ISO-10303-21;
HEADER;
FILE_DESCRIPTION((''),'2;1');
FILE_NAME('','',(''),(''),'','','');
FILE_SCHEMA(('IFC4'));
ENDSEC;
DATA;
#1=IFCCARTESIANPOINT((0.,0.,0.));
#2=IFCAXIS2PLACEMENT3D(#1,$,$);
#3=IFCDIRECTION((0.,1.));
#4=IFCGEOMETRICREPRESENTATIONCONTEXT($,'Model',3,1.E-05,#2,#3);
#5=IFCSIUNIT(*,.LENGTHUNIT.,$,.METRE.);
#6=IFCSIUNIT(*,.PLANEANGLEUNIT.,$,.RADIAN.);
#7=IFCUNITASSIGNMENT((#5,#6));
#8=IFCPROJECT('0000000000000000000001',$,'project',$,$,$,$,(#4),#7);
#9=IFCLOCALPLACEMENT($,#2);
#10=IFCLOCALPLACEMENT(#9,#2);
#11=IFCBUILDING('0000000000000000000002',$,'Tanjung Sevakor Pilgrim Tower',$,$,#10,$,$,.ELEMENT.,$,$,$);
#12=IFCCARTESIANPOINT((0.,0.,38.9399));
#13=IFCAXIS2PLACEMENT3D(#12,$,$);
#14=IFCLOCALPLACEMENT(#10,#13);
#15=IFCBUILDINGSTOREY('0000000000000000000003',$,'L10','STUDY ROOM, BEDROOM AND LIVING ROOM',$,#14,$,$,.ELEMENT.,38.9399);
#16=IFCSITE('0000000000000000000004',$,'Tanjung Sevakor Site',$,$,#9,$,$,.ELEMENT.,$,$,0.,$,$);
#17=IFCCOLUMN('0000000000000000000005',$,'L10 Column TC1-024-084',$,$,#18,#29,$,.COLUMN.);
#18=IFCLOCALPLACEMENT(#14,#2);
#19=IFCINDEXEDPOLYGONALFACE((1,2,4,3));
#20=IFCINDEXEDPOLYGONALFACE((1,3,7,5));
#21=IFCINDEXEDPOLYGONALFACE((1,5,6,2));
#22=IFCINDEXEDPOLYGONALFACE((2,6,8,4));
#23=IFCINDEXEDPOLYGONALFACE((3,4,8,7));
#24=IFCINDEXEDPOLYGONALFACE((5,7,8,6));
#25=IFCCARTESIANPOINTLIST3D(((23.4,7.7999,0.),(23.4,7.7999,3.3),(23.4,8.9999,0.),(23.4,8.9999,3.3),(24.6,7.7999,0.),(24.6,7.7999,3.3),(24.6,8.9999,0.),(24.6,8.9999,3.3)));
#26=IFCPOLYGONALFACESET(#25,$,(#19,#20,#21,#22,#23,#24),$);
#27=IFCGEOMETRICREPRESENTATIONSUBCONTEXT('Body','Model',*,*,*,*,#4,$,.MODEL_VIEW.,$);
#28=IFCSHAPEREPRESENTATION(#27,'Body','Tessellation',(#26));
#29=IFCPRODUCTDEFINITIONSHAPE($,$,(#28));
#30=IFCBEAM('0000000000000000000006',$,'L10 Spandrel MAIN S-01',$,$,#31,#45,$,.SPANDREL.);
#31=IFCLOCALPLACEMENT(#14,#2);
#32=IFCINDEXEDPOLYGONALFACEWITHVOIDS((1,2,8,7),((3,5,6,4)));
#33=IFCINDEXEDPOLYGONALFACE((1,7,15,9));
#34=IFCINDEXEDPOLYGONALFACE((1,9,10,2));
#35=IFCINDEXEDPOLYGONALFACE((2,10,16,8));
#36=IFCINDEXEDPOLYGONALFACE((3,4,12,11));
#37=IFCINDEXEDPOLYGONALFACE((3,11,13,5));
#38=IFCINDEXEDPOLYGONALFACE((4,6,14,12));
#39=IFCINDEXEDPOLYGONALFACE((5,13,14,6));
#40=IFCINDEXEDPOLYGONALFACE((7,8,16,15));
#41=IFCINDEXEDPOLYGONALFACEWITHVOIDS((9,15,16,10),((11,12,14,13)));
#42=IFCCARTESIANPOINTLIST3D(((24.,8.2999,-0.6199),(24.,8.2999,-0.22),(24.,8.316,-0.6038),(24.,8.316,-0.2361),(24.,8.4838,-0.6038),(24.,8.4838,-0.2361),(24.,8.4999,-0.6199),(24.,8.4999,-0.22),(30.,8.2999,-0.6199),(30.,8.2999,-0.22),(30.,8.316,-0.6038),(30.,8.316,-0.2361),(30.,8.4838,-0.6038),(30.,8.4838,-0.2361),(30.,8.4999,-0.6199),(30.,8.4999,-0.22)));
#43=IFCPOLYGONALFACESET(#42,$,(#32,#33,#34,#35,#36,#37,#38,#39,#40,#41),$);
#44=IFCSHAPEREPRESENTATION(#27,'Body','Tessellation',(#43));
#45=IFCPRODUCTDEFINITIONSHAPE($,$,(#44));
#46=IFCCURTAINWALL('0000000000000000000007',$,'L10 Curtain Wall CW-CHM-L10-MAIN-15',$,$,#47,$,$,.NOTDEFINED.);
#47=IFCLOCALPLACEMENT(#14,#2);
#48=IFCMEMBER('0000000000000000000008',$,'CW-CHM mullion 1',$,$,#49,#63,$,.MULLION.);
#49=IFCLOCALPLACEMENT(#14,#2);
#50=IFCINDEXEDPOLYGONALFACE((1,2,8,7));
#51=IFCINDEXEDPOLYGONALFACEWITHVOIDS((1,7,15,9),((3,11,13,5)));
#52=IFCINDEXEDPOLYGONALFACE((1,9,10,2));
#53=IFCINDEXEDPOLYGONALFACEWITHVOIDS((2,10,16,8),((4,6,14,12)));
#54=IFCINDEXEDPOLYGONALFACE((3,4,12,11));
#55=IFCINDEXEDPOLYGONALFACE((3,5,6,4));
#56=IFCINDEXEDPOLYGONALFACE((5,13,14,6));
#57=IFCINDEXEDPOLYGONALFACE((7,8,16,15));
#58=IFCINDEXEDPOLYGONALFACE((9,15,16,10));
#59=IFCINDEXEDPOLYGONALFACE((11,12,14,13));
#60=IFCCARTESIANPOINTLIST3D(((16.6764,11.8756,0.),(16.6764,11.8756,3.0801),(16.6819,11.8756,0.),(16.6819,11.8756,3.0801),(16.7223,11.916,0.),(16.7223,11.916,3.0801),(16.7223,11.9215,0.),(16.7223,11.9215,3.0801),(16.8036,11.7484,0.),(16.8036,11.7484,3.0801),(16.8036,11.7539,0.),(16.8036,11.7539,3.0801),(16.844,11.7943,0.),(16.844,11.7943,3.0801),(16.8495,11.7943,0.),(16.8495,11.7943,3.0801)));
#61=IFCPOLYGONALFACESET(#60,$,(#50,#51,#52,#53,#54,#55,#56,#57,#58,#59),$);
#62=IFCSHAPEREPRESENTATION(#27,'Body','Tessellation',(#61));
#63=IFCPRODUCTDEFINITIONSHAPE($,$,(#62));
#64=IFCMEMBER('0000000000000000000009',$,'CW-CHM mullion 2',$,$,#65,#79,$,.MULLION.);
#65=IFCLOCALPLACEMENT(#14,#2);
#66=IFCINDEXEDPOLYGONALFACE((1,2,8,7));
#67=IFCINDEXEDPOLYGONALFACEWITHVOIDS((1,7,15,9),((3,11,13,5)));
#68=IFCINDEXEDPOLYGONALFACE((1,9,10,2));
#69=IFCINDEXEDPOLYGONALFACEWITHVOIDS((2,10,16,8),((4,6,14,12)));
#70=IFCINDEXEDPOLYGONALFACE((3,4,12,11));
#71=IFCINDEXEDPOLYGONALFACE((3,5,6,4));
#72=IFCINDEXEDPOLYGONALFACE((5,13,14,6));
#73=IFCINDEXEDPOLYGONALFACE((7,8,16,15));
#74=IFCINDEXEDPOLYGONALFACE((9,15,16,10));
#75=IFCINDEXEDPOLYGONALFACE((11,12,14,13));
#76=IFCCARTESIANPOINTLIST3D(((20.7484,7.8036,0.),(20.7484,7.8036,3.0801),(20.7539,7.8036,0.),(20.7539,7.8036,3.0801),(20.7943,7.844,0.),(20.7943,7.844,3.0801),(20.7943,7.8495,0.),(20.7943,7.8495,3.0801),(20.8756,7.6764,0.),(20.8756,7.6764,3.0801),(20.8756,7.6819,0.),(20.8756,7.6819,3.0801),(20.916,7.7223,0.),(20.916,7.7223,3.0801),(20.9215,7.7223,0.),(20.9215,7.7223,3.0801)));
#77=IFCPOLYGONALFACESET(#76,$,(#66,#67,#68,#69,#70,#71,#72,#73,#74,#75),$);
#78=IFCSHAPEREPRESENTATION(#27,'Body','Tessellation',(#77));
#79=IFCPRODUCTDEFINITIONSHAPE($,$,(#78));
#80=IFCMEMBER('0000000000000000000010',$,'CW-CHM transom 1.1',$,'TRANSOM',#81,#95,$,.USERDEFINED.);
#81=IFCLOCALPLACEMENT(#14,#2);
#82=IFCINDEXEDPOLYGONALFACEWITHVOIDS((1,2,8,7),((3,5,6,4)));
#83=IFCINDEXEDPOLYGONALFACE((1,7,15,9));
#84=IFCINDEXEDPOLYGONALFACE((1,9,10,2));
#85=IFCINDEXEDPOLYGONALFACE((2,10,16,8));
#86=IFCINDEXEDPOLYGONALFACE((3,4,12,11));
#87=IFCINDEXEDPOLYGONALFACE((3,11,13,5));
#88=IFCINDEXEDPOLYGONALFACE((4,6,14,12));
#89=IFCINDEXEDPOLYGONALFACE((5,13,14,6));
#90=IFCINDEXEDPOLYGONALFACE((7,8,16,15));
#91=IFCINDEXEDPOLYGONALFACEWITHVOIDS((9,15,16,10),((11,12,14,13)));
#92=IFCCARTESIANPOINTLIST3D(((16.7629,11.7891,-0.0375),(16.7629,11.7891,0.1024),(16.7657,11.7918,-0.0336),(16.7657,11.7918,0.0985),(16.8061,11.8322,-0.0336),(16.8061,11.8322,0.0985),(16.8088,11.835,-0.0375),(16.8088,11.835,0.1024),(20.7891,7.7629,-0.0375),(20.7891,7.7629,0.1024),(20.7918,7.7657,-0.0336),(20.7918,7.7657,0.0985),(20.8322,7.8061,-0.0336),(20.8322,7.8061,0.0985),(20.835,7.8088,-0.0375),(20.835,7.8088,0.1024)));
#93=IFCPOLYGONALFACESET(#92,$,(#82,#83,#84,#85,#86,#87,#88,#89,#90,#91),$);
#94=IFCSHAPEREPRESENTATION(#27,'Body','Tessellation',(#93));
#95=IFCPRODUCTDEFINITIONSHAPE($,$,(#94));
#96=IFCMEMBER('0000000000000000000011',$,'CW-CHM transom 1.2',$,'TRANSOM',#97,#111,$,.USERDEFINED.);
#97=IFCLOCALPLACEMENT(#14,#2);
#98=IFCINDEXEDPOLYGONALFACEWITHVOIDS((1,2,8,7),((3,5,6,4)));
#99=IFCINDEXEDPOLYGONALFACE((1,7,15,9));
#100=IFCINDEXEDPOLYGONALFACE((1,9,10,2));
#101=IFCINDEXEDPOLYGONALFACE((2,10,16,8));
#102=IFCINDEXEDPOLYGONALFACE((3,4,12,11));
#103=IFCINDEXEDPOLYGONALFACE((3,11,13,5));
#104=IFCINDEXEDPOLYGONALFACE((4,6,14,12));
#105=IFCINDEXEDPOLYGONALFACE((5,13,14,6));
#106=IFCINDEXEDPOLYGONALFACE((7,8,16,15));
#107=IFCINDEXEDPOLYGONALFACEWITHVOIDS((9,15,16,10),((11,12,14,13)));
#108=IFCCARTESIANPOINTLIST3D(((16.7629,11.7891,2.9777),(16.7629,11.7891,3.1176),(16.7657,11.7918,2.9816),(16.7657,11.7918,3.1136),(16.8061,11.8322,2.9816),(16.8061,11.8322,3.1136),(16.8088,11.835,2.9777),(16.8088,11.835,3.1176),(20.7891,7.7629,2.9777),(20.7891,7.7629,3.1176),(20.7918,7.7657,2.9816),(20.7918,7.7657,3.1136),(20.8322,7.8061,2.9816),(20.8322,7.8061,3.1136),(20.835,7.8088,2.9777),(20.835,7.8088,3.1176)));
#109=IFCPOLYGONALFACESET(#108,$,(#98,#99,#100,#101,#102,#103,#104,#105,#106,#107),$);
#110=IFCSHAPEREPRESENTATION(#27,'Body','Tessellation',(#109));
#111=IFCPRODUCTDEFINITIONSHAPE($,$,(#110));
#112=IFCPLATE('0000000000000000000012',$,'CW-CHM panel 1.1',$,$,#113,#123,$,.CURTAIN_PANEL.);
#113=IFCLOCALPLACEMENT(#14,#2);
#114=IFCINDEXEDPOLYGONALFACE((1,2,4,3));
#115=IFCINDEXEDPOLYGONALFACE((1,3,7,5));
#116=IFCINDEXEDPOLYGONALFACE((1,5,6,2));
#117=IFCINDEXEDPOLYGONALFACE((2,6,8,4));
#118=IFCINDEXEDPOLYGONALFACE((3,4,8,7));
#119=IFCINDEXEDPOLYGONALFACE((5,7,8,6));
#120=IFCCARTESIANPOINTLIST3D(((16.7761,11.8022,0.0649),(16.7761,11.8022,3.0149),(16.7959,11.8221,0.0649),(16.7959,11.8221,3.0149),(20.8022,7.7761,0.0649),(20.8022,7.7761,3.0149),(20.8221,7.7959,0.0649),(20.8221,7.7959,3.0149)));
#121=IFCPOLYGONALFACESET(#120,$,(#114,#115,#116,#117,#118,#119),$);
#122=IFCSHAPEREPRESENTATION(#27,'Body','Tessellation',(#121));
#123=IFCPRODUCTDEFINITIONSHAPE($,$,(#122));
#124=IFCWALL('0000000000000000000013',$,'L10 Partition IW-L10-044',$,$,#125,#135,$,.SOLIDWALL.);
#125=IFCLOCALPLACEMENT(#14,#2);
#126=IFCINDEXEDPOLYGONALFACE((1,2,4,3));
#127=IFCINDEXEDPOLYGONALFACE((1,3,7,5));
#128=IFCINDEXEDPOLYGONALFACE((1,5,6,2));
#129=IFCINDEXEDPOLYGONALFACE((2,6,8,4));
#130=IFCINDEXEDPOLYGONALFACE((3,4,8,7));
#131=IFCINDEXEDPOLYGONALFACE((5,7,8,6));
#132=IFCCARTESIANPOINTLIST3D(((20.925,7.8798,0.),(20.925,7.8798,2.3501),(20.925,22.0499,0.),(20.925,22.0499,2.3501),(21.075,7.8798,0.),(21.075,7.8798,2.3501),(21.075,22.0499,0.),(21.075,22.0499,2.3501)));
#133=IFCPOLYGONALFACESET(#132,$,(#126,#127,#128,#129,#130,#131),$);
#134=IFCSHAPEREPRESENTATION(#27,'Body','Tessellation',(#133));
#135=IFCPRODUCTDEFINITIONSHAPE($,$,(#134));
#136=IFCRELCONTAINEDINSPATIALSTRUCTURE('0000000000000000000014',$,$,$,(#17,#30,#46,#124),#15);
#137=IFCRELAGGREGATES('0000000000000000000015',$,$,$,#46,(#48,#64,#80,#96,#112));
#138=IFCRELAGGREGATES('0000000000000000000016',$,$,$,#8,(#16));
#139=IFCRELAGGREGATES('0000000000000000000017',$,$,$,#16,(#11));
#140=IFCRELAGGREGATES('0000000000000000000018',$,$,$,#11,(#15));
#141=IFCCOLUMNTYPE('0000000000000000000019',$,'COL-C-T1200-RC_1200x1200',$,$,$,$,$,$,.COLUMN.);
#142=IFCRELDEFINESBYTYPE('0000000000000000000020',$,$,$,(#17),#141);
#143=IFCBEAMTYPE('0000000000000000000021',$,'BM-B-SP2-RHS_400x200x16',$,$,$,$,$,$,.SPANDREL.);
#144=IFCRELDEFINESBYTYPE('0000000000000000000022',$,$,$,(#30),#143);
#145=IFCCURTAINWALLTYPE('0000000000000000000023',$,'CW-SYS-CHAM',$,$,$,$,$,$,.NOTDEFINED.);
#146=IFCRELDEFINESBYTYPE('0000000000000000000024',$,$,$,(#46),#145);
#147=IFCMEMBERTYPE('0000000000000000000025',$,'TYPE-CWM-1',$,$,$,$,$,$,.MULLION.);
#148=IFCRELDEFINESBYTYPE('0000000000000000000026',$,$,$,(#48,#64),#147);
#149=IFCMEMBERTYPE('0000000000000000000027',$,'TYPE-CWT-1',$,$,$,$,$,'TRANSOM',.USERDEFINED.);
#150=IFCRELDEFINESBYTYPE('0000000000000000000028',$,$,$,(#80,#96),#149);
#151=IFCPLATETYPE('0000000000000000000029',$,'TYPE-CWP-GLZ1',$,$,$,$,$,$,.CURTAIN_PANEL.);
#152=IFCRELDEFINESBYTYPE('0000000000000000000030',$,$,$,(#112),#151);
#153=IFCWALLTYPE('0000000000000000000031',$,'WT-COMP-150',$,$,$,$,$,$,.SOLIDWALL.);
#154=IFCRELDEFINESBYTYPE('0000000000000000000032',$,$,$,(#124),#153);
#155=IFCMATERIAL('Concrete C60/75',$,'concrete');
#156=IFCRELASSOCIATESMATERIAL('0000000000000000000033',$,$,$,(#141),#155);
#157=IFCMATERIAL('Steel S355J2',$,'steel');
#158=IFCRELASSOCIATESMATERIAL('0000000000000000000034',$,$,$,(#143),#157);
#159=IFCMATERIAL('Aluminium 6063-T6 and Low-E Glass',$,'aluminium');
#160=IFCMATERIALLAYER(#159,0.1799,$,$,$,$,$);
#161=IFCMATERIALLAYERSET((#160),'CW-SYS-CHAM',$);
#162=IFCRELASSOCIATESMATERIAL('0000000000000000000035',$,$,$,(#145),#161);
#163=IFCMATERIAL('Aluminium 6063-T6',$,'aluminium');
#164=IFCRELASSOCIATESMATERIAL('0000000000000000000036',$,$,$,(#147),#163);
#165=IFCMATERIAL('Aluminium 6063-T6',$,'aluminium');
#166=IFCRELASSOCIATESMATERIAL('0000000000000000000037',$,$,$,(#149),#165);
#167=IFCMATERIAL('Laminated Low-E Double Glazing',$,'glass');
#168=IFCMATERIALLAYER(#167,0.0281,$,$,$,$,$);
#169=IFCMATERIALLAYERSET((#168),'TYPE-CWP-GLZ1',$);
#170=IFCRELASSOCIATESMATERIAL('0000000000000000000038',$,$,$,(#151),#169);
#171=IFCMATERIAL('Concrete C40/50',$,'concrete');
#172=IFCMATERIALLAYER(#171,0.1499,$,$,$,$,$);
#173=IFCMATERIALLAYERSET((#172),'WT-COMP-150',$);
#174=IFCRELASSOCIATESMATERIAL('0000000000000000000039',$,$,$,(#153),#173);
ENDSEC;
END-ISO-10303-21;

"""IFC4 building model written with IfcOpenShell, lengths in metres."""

from ifc_helpers import new_model, si_unit, direction, frame, frame_2d, origin, origin_2d, place, context, subcontext, project, spatial, rectangle, hollow_rectangle, extrude, material, layer, layer_set, material_profile, profile_set, type_object, element, aggregate, save


model = new_model("IFC4")

# Units and contexts
model_context = context("Model", 3, precision=1e-05, world=origin(), true_north=direction((0.0, 1.0)))
body_context = subcontext(model_context, "Body", "Model", "MODEL_VIEW")
ifc_project = project(units=[si_unit("LENGTHUNIT", "METRE"), si_unit("PLANEANGLEUNIT", "RADIAN")], contexts=[model_context])

# Site, building, storey
site_placement = place(None, origin())
site = spatial("IfcSite", under=ifc_project, at=site_placement, Name="Tanjung Sevakor Site", CompositionType="ELEMENT", RefElevation=0.0)
building_placement = place(site_placement, origin())
building = spatial("IfcBuilding", under=site, at=building_placement, Name="Tanjung Sevakor Pilgrim Tower", CompositionType="ELEMENT")
storey_placement = place(building_placement, frame((0.0, 0.0, 38.9399)))
storey = spatial("IfcBuildingStorey", under=building, at=storey_placement, Name="L10", Description="STUDY ROOM, BEDROOM AND LIVING ROOM", CompositionType="ELEMENT", Elevation=38.9399)

# Column
ifc_material_1 = material(Name="Concrete C60/75", Category="concrete")
ifc_material_profile_1 = material_profile(ifc_material_1, rectangle(XDim=1.2, YDim=1.2, at=origin_2d()))
ifc_profile_set_1 = profile_set([ifc_material_profile_1], Name="Concrete C60/75")
column_type = type_object("IfcColumnType", Name="COL-C-T1200-RC_1200x1200", PredefinedType="COLUMN", material=ifc_profile_set_1)
column_placement = place(storey_placement, frame((24.0, 8.3999, 0.0), z_axis=(0.0, 0.0, 1.0), x_axis=(1.0, 0.0, 0.0)))
element("IfcColumn", 1, at=column_placement, inside=storey, type_object=column_type, Name="L10 Column TC1-024-084", PredefinedType="COLUMN", context=body_context, shape_type="SweptSolid", body=[
    extrude(rectangle(XDim=1.2, YDim=1.2, at=origin_2d()), origin(), (0.0, 0.0, 1.0), 3.3),
])

# Beam
ifc_material_2 = material(Name="Steel S355J2", Category="steel")
ifc_material_profile_2 = material_profile(ifc_material_2, hollow_rectangle(XDim=0.2, YDim=0.3999, WallThickness=0.0161, at=origin_2d()))
ifc_profile_set_2 = profile_set([ifc_material_profile_2], Name="Steel S355J2")
beam_type = type_object("IfcBeamType", Name="BM-B-SP2-RHS_400x200x16", PredefinedType="SPANDREL", material=ifc_profile_set_2)
beam_placement = place(storey_placement, frame((24.0, 8.3999, -0.4199), z_axis=(1.0, 0.0, 0.0), x_axis=(0.0, 1.0, 0.0)))
element("IfcBeam", 2, at=beam_placement, inside=storey, type_object=beam_type, Name="L10 Spandrel MAIN S-01", PredefinedType="SPANDREL", context=body_context, shape_type="SweptSolid", body=[
    extrude(hollow_rectangle(XDim=0.2, YDim=0.3999, WallThickness=0.0161, at=origin_2d()), origin(), (0.0, 0.0, 1.0), 6.0),
])

# Curtain wall, members, plate
ifc_material_3 = material(Name="Aluminium 6063-T6 and Low-E Glass", Category="aluminium")
ifc_layer_1 = layer(ifc_material_3, 0.1799)
ifc_layer_set_1 = layer_set([ifc_layer_1], Name="CW-SYS-CHAM")
curtain_wall_type = type_object("IfcCurtainWallType", Name="CW-SYS-CHAM", PredefinedType="NOTDEFINED", material=ifc_layer_set_1)
curtain_wall_placement = place(storey_placement, origin())
curtain_wall = element("IfcCurtainWall", 3, at=curtain_wall_placement, inside=storey, type_object=curtain_wall_type, Name="L10 Curtain Wall CW-CHM-L10-MAIN-15", PredefinedType="NOTDEFINED")
ifc_material_4 = material(Name="Aluminium 6063-T6", Category="aluminium")
ifc_material_profile_3 = material_profile(ifc_material_4, hollow_rectangle(XDim=0.0649, YDim=0.1799, WallThickness=0.0039, at=origin_2d()))
ifc_profile_set_3 = profile_set([ifc_material_profile_3], Name="Aluminium 6063-T6")
member_type_1 = type_object("IfcMemberType", Name="TYPE-CWM-1", PredefinedType="MULLION", material=ifc_profile_set_3)
member_1_placement = place(storey_placement, frame((16.7629, 11.835, 0.0), z_axis=(0.0, 0.0, 1.0), x_axis=(0.707107, 0.707107, 0.0)))
member_1 = element("IfcMember", 4, at=member_1_placement, type_object=member_type_1, Name="CW-CHM mullion 1", PredefinedType="MULLION", context=body_context, shape_type="SweptSolid", body=[
    extrude(hollow_rectangle(XDim=0.0649, YDim=0.1799, WallThickness=0.0039, at=origin_2d()), origin(), (0.0, 0.0, 1.0), 3.0801),
])
member_2_placement = place(storey_placement, frame((20.835, 7.7629, 0.0), z_axis=(0.0, 0.0, 1.0), x_axis=(0.707107, 0.707107, 0.0)))
member_2 = element("IfcMember", 5, at=member_2_placement, type_object=member_type_1, Name="CW-CHM mullion 2", PredefinedType="MULLION", context=body_context, shape_type="SweptSolid", body=[
    extrude(hollow_rectangle(XDim=0.0649, YDim=0.1799, WallThickness=0.0039, at=origin_2d()), origin(), (0.0, 0.0, 1.0), 3.0801),
])
ifc_material_5 = material(Name="Aluminium 6063-T6", Category="aluminium")
ifc_material_profile_4 = material_profile(ifc_material_5, hollow_rectangle(XDim=0.0649, YDim=0.1399, WallThickness=0.0039, at=origin_2d()))
ifc_profile_set_4 = profile_set([ifc_material_profile_4], Name="Aluminium 6063-T6")
member_type_2 = type_object("IfcMemberType", Name="TYPE-CWT-1", ElementType="TRANSOM", PredefinedType="USERDEFINED", material=ifc_profile_set_4)
member_3_placement = place(storey_placement, frame((16.7859, 11.812, 0.0325), z_axis=(0.707107, -0.707107, 0.0), x_axis=(0.707107, 0.707107, 0.0)))
member_3 = element("IfcMember", 6, at=member_3_placement, type_object=member_type_2, Name="CW-CHM transom 1.1", ObjectType="TRANSOM", PredefinedType="USERDEFINED", context=body_context, shape_type="SweptSolid", body=[
    extrude(hollow_rectangle(XDim=0.0649, YDim=0.1399, WallThickness=0.0039, at=origin_2d()), origin(), (0.0, 0.0, 1.0), 5.6938),
])
member_4_placement = place(storey_placement, frame((16.7859, 11.812, 3.0476), z_axis=(0.707107, -0.707107, 0.0), x_axis=(0.707107, 0.707107, 0.0)))
member_4 = element("IfcMember", 7, at=member_4_placement, type_object=member_type_2, Name="CW-CHM transom 1.2", ObjectType="TRANSOM", PredefinedType="USERDEFINED", context=body_context, shape_type="SweptSolid", body=[
    extrude(hollow_rectangle(XDim=0.0649, YDim=0.1399, WallThickness=0.0039, at=origin_2d()), origin(), (0.0, 0.0, 1.0), 5.6938),
])
ifc_material_6 = material(Name="Laminated Low-E Double Glazing", Category="glass")
ifc_layer_2 = layer(ifc_material_6, 0.0281)
ifc_layer_set_2 = layer_set([ifc_layer_2], Name="TYPE-CWP-GLZ1")
plate_type = type_object("IfcPlateType", Name="TYPE-CWP-GLZ1", PredefinedType="CURTAIN_PANEL", material=ifc_layer_set_2)
plate_placement = place(storey_placement, frame((18.7991, 9.7991, 0.0649), z_axis=(0.0, 0.0, 1.0), x_axis=(0.707107, -0.707107, 0.0)))
plate = element("IfcPlate", 8, at=plate_placement, type_object=plate_type, Name="CW-CHM panel 1.1", PredefinedType="CURTAIN_PANEL", context=body_context, shape_type="SweptSolid", body=[
    extrude(rectangle(XDim=5.6938, YDim=0.0281, at=origin_2d()), origin(), (0.0, 0.0, 1.0), 2.95),
])
aggregate(curtain_wall, [member_1, member_2, member_3, member_4, plate])

# Wall
ifc_material_7 = material(Name="Concrete C40/50", Category="concrete")
ifc_layer_3 = layer(ifc_material_7, 0.1499)
ifc_layer_set_3 = layer_set([ifc_layer_3], Name="WT-COMP-150")
wall_type_1 = type_object("IfcWallType", Name="WT-COMP-150", PredefinedType="SOLIDWALL", material=ifc_layer_set_3)
wall_1_placement = place(storey_placement, frame((21.0, 7.8799, 0.0), z_axis=(0.0, 0.0, 1.0), x_axis=(0.0, 1.0, 0.0)))
element("IfcWall", 9, at=wall_1_placement, inside=storey, type_object=wall_type_1, Name="L10 Partition IW-L10-044", PredefinedType="SOLIDWALL", context=body_context, shape_type="SweptSolid", body=[
    extrude(rectangle(XDim=14.1702, YDim=0.1499, at=frame_2d((7.085, 0.0))), origin(), (0.0, 0.0, 1.0), 2.3501),
])

save(model, "model.ifc")
